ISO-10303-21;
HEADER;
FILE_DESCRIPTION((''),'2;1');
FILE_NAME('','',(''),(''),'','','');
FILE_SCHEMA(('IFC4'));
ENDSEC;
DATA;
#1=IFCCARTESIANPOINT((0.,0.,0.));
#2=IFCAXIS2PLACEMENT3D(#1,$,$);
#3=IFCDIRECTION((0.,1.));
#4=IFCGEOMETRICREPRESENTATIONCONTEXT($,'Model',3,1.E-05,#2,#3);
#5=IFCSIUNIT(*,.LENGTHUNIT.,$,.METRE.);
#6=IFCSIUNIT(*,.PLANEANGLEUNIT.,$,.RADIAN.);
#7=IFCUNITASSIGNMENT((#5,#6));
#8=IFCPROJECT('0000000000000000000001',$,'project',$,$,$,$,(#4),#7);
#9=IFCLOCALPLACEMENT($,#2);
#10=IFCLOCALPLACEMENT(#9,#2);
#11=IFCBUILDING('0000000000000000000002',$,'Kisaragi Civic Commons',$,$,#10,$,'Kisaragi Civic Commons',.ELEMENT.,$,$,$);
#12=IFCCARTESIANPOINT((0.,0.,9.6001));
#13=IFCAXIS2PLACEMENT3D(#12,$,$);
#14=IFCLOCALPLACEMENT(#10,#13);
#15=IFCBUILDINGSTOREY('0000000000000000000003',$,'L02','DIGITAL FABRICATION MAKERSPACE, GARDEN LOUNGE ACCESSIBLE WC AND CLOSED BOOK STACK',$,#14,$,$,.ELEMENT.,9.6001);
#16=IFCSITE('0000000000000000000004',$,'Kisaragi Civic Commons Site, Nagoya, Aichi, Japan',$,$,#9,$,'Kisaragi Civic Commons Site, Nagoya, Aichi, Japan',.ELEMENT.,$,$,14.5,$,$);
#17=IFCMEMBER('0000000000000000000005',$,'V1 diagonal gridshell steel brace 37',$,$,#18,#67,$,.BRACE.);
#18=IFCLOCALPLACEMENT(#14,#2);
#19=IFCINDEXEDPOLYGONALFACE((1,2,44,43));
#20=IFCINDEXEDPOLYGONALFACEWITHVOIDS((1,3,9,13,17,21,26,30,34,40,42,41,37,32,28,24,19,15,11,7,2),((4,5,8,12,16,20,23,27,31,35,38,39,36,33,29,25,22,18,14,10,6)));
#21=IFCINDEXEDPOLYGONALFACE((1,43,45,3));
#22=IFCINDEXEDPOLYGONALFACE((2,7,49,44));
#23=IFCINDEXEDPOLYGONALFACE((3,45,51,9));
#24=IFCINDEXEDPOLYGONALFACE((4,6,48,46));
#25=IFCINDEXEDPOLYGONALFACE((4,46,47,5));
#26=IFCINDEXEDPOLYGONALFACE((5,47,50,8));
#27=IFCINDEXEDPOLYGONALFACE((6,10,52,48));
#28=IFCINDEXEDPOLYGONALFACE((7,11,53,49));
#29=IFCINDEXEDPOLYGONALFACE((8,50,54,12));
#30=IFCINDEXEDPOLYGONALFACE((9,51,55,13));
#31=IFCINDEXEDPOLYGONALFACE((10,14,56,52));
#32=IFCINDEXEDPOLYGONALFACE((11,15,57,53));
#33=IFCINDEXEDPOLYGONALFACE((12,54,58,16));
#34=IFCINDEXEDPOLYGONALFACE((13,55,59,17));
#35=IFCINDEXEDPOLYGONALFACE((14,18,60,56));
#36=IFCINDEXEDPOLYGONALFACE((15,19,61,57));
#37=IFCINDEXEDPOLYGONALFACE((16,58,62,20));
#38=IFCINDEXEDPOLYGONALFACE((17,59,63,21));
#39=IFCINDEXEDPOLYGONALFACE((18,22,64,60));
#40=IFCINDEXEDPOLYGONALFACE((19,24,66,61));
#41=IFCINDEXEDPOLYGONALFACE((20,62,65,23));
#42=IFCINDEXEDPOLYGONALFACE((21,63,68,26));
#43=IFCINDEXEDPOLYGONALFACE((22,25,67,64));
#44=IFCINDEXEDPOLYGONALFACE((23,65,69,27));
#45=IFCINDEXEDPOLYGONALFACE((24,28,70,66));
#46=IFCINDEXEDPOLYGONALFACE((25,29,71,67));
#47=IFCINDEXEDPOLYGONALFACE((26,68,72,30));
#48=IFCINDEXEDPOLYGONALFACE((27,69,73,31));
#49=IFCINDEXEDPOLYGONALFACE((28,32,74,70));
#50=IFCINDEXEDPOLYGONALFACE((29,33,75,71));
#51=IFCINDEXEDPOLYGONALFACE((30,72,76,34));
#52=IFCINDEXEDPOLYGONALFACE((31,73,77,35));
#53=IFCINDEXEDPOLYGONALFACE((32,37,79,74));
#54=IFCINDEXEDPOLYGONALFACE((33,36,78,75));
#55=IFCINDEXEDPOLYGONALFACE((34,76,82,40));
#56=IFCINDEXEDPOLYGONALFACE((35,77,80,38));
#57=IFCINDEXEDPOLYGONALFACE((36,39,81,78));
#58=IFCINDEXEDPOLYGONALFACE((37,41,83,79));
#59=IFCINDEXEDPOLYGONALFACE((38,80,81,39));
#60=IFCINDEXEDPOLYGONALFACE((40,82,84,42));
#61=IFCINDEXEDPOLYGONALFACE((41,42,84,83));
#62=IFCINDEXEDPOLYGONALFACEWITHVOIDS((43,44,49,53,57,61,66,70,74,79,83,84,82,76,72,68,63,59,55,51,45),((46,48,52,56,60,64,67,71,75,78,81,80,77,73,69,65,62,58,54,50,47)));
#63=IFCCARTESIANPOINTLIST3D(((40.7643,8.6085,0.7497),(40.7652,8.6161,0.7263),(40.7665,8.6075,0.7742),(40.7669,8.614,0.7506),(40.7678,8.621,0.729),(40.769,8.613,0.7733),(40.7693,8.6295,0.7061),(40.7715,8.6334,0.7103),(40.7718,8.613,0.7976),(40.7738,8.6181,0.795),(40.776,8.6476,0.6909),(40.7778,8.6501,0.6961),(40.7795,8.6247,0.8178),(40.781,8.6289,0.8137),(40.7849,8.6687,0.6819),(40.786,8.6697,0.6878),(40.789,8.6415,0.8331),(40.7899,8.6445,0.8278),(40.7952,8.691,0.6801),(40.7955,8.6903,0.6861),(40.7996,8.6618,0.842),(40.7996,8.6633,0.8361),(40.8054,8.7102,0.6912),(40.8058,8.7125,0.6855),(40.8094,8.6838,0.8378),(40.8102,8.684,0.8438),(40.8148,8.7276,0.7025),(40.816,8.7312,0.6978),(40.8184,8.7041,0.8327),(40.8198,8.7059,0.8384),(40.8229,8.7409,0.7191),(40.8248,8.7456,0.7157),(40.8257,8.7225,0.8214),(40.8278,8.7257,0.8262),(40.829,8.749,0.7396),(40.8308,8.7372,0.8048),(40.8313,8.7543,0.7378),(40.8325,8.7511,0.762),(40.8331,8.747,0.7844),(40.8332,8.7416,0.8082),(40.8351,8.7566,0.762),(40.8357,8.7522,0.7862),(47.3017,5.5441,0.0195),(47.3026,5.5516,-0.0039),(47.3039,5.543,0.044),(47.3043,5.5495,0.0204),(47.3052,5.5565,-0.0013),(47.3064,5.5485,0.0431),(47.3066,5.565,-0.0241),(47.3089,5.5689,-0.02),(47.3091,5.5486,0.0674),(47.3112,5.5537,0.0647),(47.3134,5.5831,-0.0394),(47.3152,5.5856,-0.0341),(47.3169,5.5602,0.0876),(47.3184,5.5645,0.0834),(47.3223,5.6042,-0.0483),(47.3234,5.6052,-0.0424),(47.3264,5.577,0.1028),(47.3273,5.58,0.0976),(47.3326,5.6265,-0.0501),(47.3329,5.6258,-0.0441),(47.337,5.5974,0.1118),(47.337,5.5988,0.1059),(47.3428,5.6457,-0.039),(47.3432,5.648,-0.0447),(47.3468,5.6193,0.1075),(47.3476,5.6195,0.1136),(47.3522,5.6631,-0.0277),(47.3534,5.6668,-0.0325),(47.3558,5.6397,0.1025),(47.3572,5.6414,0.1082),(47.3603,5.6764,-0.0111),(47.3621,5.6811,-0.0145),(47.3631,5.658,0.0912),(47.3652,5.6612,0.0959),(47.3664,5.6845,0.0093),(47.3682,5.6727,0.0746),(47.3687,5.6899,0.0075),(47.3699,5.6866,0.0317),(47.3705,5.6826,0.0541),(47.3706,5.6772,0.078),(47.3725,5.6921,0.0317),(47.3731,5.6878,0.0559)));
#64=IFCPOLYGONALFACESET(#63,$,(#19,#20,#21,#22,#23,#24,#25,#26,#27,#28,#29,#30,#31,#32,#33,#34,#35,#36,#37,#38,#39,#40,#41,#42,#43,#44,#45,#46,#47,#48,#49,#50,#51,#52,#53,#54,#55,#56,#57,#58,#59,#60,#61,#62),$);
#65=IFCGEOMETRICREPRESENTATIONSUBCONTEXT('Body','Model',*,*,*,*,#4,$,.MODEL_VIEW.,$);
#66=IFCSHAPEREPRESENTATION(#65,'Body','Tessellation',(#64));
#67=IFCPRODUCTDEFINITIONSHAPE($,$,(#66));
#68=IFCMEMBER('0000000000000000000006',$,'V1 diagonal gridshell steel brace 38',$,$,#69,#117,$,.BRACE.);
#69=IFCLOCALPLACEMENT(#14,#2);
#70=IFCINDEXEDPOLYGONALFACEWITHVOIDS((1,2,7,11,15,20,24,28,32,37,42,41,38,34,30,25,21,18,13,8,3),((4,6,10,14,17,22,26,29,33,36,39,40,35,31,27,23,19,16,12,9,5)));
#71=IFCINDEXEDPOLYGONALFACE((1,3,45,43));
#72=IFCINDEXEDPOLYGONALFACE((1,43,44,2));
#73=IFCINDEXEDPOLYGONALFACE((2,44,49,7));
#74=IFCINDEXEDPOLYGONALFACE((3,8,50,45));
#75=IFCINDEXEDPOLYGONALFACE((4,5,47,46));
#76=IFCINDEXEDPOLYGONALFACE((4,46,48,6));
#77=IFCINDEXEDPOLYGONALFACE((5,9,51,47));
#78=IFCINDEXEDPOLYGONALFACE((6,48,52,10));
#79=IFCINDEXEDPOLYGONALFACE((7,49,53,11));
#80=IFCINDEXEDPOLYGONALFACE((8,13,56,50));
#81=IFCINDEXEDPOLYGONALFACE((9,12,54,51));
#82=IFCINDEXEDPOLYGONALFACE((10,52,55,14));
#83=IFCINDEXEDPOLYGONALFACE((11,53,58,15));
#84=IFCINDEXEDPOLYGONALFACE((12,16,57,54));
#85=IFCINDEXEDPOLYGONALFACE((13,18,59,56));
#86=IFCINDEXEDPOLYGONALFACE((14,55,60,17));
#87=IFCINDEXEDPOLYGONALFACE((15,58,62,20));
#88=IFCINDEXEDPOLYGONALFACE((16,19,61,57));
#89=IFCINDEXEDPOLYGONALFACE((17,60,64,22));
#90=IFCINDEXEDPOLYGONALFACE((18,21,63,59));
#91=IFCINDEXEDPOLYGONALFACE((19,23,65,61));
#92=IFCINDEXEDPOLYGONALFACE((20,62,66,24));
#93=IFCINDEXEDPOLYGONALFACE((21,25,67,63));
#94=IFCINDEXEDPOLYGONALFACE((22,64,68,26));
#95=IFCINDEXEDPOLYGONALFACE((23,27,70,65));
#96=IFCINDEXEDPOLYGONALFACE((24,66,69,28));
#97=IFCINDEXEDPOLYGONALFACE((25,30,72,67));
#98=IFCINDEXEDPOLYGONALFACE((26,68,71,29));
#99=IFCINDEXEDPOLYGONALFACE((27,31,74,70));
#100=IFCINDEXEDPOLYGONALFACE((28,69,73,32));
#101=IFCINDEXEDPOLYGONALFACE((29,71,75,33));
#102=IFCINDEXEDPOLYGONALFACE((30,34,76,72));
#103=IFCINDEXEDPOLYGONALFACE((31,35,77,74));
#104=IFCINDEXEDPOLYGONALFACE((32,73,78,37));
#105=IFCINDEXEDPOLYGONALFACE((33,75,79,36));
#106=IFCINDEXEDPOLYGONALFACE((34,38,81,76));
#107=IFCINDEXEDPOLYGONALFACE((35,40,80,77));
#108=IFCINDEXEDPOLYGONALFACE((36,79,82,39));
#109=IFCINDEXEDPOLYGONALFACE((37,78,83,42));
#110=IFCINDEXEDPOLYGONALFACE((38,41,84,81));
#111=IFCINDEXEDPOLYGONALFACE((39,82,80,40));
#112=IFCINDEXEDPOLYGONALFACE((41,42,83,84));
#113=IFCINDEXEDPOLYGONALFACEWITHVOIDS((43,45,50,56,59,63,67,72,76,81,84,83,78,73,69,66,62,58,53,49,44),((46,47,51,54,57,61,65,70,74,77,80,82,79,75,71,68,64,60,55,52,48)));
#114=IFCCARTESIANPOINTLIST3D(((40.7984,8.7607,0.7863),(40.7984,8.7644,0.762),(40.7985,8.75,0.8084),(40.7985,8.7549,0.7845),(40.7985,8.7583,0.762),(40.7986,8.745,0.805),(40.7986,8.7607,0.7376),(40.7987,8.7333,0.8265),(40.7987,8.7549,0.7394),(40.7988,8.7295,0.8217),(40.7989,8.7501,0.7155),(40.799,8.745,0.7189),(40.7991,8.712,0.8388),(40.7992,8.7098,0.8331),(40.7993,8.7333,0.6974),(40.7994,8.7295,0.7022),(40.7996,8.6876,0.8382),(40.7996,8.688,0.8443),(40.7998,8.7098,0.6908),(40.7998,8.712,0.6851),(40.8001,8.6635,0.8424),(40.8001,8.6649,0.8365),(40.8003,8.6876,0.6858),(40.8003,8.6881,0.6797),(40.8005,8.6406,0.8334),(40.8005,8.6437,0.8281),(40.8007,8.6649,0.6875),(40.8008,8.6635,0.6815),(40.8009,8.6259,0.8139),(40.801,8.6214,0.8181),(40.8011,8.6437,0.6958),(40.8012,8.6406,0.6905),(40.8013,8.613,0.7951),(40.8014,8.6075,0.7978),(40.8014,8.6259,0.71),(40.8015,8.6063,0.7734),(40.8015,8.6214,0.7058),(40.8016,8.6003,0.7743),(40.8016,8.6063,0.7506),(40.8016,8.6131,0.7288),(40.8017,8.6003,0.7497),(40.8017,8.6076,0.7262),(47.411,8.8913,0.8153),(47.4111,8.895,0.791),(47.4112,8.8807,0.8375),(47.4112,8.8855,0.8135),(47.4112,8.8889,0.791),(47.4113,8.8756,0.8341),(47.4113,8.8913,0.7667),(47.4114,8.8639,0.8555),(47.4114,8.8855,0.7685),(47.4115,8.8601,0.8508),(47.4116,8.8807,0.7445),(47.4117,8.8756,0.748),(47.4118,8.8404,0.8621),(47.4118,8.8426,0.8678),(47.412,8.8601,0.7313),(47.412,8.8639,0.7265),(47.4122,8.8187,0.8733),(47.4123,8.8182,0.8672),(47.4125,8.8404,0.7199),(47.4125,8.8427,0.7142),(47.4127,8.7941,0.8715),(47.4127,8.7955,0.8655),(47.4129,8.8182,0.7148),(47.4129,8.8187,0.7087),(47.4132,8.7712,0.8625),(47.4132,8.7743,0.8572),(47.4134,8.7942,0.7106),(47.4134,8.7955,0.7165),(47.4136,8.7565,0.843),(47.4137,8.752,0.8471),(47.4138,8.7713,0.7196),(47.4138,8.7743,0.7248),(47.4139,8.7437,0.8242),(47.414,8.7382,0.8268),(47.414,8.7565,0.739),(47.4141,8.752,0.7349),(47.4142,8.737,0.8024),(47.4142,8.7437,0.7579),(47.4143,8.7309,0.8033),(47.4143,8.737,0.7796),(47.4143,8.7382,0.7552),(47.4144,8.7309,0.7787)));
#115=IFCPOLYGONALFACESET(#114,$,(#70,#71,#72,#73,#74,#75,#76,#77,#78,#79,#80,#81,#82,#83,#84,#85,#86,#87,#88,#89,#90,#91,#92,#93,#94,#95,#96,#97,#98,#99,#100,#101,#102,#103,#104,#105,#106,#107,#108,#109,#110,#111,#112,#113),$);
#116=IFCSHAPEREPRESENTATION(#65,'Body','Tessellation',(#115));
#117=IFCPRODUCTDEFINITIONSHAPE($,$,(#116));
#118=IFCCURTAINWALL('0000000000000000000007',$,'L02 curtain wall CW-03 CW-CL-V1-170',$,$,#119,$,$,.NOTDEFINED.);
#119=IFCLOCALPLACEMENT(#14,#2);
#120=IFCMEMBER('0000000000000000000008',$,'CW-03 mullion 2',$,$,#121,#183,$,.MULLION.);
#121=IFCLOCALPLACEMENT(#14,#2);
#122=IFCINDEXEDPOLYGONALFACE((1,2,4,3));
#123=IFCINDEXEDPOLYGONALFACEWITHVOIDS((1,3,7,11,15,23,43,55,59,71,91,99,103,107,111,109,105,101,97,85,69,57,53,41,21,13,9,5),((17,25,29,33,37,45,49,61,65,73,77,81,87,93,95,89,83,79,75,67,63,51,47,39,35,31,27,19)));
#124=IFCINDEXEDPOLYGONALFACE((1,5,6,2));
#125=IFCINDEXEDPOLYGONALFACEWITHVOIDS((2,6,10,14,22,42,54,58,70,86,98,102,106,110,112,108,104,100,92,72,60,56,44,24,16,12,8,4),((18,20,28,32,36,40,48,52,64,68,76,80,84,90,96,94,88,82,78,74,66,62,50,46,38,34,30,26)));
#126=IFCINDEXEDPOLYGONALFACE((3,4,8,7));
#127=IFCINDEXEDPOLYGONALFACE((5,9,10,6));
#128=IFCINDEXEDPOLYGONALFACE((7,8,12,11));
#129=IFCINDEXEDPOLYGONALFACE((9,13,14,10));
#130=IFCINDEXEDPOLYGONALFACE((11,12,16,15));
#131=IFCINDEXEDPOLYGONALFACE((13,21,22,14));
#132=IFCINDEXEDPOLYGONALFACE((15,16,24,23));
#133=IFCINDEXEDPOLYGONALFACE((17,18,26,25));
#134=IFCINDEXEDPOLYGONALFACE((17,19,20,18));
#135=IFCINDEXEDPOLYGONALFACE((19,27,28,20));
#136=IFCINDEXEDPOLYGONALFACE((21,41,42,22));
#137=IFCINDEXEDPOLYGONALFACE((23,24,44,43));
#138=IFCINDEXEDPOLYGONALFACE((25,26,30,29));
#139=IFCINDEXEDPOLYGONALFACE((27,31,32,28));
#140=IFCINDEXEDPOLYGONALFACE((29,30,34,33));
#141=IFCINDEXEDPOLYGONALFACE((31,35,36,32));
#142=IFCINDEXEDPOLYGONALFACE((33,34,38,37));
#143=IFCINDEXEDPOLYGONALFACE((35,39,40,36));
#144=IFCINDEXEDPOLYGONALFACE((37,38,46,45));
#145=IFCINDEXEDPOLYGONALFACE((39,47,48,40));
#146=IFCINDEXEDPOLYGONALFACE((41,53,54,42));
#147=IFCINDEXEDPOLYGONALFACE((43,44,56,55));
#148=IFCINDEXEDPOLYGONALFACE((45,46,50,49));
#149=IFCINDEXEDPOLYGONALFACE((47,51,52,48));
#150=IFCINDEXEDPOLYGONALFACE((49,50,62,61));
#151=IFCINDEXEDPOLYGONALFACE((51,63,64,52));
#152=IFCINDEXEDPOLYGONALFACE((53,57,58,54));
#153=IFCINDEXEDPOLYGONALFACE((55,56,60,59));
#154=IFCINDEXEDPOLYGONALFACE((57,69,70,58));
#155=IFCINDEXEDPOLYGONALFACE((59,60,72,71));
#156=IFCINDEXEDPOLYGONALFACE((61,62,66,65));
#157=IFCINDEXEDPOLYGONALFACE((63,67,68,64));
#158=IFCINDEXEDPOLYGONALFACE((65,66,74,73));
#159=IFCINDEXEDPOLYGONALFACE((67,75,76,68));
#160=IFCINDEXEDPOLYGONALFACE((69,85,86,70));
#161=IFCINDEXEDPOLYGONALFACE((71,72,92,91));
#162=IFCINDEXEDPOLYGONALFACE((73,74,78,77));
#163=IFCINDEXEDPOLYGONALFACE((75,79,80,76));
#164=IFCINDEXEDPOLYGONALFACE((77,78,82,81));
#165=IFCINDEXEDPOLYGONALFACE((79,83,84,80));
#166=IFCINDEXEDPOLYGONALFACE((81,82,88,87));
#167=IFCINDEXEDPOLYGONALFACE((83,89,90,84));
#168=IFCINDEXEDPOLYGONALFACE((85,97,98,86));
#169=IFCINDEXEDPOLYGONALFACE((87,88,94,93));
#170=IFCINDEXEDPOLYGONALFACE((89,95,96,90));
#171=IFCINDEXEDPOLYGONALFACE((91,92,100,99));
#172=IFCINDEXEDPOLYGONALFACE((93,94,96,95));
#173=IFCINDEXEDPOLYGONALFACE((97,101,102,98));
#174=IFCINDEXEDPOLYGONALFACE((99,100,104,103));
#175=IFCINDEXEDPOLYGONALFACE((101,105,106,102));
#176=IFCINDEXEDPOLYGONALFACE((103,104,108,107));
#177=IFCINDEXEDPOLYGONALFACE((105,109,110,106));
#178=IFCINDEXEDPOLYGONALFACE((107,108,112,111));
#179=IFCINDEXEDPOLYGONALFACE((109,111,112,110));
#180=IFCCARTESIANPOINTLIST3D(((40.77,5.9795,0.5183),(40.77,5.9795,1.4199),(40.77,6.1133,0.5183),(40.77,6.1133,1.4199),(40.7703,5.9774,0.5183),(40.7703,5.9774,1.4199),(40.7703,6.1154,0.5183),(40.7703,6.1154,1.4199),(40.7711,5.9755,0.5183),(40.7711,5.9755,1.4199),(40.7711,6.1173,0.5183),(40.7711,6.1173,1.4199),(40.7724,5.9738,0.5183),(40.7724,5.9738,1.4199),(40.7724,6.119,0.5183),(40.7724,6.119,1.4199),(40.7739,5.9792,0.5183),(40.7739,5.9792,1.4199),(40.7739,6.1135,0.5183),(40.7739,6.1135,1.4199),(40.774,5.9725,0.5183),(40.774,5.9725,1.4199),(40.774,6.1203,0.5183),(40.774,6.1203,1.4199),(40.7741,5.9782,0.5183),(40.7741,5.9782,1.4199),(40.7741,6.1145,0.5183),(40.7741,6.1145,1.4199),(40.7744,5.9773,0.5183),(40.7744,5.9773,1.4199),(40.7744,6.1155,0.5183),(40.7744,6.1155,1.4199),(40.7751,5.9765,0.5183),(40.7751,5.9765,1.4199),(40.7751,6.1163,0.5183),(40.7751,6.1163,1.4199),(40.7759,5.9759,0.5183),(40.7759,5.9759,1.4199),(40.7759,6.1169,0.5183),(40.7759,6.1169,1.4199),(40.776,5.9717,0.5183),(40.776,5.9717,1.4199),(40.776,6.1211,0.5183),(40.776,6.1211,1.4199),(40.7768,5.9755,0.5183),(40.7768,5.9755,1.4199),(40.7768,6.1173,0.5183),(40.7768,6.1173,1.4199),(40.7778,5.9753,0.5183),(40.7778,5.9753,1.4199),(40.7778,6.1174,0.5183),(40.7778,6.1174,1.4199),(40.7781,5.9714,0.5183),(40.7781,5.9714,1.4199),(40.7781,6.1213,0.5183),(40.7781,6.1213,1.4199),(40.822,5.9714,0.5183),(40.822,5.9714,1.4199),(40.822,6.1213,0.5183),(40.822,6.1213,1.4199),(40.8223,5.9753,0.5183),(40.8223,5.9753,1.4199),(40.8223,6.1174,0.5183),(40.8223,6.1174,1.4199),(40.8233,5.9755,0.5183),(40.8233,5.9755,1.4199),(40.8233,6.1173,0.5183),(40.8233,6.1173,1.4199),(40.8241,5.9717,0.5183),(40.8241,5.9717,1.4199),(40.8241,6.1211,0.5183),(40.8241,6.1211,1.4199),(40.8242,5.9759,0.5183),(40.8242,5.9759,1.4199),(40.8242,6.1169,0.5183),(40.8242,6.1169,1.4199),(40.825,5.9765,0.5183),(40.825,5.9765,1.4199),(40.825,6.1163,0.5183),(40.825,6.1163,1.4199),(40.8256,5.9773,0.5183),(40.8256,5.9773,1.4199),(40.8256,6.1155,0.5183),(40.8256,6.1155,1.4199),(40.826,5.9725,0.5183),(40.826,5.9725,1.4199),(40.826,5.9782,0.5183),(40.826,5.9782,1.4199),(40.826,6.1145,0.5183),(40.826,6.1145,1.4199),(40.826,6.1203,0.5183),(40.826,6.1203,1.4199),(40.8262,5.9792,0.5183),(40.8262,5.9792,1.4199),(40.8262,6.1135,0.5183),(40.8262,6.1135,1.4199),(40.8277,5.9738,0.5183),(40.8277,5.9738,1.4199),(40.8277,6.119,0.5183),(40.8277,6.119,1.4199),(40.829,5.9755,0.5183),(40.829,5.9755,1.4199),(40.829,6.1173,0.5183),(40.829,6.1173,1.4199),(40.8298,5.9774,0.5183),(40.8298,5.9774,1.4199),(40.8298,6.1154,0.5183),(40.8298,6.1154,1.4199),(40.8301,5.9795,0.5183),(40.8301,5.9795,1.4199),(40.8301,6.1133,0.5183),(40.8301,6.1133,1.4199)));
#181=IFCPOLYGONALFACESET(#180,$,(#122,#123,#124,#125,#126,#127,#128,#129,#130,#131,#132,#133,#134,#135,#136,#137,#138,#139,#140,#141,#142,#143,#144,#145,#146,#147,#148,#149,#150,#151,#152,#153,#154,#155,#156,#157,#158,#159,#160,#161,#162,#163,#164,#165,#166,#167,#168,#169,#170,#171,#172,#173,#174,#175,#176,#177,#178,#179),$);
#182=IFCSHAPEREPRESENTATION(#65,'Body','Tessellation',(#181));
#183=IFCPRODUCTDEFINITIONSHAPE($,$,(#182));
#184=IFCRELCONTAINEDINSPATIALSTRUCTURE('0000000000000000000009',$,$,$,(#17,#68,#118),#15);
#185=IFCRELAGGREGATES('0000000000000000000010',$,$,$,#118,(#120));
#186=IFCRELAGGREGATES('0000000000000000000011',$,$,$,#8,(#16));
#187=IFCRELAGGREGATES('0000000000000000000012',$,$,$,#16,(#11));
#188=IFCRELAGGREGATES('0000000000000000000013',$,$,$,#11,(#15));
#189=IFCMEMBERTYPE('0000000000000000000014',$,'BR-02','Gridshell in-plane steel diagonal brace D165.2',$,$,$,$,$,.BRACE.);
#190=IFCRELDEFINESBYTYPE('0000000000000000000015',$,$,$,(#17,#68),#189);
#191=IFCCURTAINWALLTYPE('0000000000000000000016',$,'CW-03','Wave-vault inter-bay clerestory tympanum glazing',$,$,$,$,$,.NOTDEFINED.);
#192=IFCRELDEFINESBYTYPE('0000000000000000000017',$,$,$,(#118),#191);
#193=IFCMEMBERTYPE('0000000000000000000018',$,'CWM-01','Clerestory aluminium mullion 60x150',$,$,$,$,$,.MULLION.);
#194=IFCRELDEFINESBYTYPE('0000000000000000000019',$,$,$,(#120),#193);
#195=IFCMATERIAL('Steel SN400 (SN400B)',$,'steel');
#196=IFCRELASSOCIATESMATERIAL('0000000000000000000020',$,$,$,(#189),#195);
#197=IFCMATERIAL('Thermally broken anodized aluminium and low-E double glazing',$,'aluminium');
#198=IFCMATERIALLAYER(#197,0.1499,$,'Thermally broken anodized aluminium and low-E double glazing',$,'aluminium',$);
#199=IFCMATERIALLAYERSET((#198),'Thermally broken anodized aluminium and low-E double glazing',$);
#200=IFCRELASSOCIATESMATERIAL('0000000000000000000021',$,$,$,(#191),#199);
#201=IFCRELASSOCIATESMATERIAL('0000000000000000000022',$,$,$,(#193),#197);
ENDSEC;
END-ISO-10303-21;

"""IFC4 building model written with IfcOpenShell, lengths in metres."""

from ifc_helpers import new_model, si_unit, direction, frame, origin, origin_2d, place, context, subcontext, project, spatial, hollow_rectangle, hollow_circle, extrude, material, layer, layer_set, material_profile, profile_set, type_object, element, aggregate, save


model = new_model("IFC4")

# Units and contexts
model_context = context("Model", 3, precision=1e-05, world=origin(), true_north=direction((0.0, 1.0)))
body_context = subcontext(model_context, "Body", "Model", "MODEL_VIEW")
ifc_project = project(units=[si_unit("LENGTHUNIT", "METRE"), si_unit("PLANEANGLEUNIT", "RADIAN")], contexts=[model_context])

# Site, building, storey
site_placement = place(None, origin())
site = spatial("IfcSite", under=ifc_project, at=site_placement, Name="Kisaragi Civic Commons Site, Nagoya, Aichi, Japan", LongName="Kisaragi Civic Commons Site, Nagoya, Aichi, Japan", CompositionType="ELEMENT", RefElevation=14.5)
building_placement = place(site_placement, origin())
building = spatial("IfcBuilding", under=site, at=building_placement, Name="Kisaragi Civic Commons", LongName="Kisaragi Civic Commons", CompositionType="ELEMENT")
storey_placement = place(building_placement, frame((0.0, 0.0, 9.6001)))
storey = spatial("IfcBuildingStorey", under=building, at=storey_placement, Name="L02", Description="DIGITAL FABRICATION MAKERSPACE, GARDEN LOUNGE ACCESSIBLE WC AND CLOSED BOOK STACK", CompositionType="ELEMENT", Elevation=9.6001)

# Members
ifc_material_1 = material(Name="Steel SN400 (SN400B)", Category="steel")
ifc_material_profile_1 = material_profile(ifc_material_1, hollow_circle(Radius=0.0825, WallThickness=0.0061, at=origin_2d()), Name="CHS-165.2x6.0", Category="steel")
ifc_profile_set_1 = profile_set([ifc_material_profile_1], Name="Steel SN400 (SN400B)")
member_type_1 = type_object("IfcMemberType", Name="BR-02", Description="Gridshell in-plane steel diagonal brace D165.2", PredefinedType="BRACE", material=ifc_profile_set_1)
member_1_placement = place(storey_placement, frame((40.8, 8.6819, 0.762), z_axis=(0.900859, -0.422287, -0.100626), x_axis=(0.424442, 0.905455, 0.0)))
element("IfcMember", 1, at=member_1_placement, inside=storey, type_object=member_type_1, Name="V1 diagonal gridshell steel brace 37", PredefinedType="BRACE", context=body_context, shape_type="SweptSolid", body=[
    extrude(hollow_circle(Radius=0.0825, WallThickness=0.0061, at=origin_2d()), origin(), (0.0, 0.0, 1.0), 7.2568),
])
member_2_placement = place(storey_placement, frame((40.8, 8.6819, 0.762), z_axis=(0.999795, 0.019749, 0.004393), x_axis=(-0.019749, 0.999805, 0.0)))
element("IfcMember", 2, at=member_2_placement, inside=storey, type_object=member_type_1, Name="V1 diagonal gridshell steel brace 38", PredefinedType="BRACE", context=body_context, shape_type="SweptSolid", body=[
    extrude(hollow_circle(Radius=0.0825, WallThickness=0.0061, at=origin_2d()), origin(), (0.0, 0.0, 1.0), 6.614),
])

# Curtain wall, member
ifc_material_2 = material(Name="Thermally broken anodized aluminium and low-E double glazing", Category="aluminium")
ifc_layer_1 = layer(ifc_material_2, 0.1499, Name="Thermally broken anodized aluminium and low-E double glazing", Category="aluminium")
ifc_layer_set_1 = layer_set([ifc_layer_1], Name="Thermally broken anodized aluminium and low-E double glazing")
curtain_wall_type = type_object("IfcCurtainWallType", Name="CW-03", Description="Wave-vault inter-bay clerestory tympanum glazing", PredefinedType="NOTDEFINED", material=ifc_layer_set_1)
curtain_wall_placement = place(storey_placement, origin())
curtain_wall = element("IfcCurtainWall", 3, at=curtain_wall_placement, inside=storey, type_object=curtain_wall_type, Name="L02 curtain wall CW-03 CW-CL-V1-170", PredefinedType="NOTDEFINED")
ifc_material_profile_2 = material_profile(ifc_material_2, hollow_rectangle(XDim=0.0601, YDim=0.1499, WallThickness=0.0039, InnerFilletRadius=0.0039, OuterFilletRadius=0.0081, at=origin_2d()), Name="CWM-60x150x4", Category="aluminium")
ifc_profile_set_2 = profile_set([ifc_material_profile_2], Name="Thermally broken anodized aluminium and low-E double glazing")
member_type_2 = type_object("IfcMemberType", Name="CWM-01", Description="Clerestory aluminium mullion 60x150", PredefinedType="MULLION", material=ifc_profile_set_2)
member_3_placement = place(storey_placement, frame((40.8, 6.0464, 0.5183), z_axis=(0.0, 0.0, 1.0), x_axis=(-1.0, 0.0, 0.0)))
member_3 = element("IfcMember", 4, at=member_3_placement, type_object=member_type_2, Name="CW-03 mullion 2", PredefinedType="MULLION", context=body_context, shape_type="SweptSolid", body=[
    extrude(hollow_rectangle(XDim=0.0601, YDim=0.1499, WallThickness=0.0039, InnerFilletRadius=0.0039, OuterFilletRadius=0.0081, at=origin_2d()), origin(), (0.0, 0.0, 1.0), 0.9016),
])

aggregate(curtain_wall, [member_3])

save(model, "model.ifc")
